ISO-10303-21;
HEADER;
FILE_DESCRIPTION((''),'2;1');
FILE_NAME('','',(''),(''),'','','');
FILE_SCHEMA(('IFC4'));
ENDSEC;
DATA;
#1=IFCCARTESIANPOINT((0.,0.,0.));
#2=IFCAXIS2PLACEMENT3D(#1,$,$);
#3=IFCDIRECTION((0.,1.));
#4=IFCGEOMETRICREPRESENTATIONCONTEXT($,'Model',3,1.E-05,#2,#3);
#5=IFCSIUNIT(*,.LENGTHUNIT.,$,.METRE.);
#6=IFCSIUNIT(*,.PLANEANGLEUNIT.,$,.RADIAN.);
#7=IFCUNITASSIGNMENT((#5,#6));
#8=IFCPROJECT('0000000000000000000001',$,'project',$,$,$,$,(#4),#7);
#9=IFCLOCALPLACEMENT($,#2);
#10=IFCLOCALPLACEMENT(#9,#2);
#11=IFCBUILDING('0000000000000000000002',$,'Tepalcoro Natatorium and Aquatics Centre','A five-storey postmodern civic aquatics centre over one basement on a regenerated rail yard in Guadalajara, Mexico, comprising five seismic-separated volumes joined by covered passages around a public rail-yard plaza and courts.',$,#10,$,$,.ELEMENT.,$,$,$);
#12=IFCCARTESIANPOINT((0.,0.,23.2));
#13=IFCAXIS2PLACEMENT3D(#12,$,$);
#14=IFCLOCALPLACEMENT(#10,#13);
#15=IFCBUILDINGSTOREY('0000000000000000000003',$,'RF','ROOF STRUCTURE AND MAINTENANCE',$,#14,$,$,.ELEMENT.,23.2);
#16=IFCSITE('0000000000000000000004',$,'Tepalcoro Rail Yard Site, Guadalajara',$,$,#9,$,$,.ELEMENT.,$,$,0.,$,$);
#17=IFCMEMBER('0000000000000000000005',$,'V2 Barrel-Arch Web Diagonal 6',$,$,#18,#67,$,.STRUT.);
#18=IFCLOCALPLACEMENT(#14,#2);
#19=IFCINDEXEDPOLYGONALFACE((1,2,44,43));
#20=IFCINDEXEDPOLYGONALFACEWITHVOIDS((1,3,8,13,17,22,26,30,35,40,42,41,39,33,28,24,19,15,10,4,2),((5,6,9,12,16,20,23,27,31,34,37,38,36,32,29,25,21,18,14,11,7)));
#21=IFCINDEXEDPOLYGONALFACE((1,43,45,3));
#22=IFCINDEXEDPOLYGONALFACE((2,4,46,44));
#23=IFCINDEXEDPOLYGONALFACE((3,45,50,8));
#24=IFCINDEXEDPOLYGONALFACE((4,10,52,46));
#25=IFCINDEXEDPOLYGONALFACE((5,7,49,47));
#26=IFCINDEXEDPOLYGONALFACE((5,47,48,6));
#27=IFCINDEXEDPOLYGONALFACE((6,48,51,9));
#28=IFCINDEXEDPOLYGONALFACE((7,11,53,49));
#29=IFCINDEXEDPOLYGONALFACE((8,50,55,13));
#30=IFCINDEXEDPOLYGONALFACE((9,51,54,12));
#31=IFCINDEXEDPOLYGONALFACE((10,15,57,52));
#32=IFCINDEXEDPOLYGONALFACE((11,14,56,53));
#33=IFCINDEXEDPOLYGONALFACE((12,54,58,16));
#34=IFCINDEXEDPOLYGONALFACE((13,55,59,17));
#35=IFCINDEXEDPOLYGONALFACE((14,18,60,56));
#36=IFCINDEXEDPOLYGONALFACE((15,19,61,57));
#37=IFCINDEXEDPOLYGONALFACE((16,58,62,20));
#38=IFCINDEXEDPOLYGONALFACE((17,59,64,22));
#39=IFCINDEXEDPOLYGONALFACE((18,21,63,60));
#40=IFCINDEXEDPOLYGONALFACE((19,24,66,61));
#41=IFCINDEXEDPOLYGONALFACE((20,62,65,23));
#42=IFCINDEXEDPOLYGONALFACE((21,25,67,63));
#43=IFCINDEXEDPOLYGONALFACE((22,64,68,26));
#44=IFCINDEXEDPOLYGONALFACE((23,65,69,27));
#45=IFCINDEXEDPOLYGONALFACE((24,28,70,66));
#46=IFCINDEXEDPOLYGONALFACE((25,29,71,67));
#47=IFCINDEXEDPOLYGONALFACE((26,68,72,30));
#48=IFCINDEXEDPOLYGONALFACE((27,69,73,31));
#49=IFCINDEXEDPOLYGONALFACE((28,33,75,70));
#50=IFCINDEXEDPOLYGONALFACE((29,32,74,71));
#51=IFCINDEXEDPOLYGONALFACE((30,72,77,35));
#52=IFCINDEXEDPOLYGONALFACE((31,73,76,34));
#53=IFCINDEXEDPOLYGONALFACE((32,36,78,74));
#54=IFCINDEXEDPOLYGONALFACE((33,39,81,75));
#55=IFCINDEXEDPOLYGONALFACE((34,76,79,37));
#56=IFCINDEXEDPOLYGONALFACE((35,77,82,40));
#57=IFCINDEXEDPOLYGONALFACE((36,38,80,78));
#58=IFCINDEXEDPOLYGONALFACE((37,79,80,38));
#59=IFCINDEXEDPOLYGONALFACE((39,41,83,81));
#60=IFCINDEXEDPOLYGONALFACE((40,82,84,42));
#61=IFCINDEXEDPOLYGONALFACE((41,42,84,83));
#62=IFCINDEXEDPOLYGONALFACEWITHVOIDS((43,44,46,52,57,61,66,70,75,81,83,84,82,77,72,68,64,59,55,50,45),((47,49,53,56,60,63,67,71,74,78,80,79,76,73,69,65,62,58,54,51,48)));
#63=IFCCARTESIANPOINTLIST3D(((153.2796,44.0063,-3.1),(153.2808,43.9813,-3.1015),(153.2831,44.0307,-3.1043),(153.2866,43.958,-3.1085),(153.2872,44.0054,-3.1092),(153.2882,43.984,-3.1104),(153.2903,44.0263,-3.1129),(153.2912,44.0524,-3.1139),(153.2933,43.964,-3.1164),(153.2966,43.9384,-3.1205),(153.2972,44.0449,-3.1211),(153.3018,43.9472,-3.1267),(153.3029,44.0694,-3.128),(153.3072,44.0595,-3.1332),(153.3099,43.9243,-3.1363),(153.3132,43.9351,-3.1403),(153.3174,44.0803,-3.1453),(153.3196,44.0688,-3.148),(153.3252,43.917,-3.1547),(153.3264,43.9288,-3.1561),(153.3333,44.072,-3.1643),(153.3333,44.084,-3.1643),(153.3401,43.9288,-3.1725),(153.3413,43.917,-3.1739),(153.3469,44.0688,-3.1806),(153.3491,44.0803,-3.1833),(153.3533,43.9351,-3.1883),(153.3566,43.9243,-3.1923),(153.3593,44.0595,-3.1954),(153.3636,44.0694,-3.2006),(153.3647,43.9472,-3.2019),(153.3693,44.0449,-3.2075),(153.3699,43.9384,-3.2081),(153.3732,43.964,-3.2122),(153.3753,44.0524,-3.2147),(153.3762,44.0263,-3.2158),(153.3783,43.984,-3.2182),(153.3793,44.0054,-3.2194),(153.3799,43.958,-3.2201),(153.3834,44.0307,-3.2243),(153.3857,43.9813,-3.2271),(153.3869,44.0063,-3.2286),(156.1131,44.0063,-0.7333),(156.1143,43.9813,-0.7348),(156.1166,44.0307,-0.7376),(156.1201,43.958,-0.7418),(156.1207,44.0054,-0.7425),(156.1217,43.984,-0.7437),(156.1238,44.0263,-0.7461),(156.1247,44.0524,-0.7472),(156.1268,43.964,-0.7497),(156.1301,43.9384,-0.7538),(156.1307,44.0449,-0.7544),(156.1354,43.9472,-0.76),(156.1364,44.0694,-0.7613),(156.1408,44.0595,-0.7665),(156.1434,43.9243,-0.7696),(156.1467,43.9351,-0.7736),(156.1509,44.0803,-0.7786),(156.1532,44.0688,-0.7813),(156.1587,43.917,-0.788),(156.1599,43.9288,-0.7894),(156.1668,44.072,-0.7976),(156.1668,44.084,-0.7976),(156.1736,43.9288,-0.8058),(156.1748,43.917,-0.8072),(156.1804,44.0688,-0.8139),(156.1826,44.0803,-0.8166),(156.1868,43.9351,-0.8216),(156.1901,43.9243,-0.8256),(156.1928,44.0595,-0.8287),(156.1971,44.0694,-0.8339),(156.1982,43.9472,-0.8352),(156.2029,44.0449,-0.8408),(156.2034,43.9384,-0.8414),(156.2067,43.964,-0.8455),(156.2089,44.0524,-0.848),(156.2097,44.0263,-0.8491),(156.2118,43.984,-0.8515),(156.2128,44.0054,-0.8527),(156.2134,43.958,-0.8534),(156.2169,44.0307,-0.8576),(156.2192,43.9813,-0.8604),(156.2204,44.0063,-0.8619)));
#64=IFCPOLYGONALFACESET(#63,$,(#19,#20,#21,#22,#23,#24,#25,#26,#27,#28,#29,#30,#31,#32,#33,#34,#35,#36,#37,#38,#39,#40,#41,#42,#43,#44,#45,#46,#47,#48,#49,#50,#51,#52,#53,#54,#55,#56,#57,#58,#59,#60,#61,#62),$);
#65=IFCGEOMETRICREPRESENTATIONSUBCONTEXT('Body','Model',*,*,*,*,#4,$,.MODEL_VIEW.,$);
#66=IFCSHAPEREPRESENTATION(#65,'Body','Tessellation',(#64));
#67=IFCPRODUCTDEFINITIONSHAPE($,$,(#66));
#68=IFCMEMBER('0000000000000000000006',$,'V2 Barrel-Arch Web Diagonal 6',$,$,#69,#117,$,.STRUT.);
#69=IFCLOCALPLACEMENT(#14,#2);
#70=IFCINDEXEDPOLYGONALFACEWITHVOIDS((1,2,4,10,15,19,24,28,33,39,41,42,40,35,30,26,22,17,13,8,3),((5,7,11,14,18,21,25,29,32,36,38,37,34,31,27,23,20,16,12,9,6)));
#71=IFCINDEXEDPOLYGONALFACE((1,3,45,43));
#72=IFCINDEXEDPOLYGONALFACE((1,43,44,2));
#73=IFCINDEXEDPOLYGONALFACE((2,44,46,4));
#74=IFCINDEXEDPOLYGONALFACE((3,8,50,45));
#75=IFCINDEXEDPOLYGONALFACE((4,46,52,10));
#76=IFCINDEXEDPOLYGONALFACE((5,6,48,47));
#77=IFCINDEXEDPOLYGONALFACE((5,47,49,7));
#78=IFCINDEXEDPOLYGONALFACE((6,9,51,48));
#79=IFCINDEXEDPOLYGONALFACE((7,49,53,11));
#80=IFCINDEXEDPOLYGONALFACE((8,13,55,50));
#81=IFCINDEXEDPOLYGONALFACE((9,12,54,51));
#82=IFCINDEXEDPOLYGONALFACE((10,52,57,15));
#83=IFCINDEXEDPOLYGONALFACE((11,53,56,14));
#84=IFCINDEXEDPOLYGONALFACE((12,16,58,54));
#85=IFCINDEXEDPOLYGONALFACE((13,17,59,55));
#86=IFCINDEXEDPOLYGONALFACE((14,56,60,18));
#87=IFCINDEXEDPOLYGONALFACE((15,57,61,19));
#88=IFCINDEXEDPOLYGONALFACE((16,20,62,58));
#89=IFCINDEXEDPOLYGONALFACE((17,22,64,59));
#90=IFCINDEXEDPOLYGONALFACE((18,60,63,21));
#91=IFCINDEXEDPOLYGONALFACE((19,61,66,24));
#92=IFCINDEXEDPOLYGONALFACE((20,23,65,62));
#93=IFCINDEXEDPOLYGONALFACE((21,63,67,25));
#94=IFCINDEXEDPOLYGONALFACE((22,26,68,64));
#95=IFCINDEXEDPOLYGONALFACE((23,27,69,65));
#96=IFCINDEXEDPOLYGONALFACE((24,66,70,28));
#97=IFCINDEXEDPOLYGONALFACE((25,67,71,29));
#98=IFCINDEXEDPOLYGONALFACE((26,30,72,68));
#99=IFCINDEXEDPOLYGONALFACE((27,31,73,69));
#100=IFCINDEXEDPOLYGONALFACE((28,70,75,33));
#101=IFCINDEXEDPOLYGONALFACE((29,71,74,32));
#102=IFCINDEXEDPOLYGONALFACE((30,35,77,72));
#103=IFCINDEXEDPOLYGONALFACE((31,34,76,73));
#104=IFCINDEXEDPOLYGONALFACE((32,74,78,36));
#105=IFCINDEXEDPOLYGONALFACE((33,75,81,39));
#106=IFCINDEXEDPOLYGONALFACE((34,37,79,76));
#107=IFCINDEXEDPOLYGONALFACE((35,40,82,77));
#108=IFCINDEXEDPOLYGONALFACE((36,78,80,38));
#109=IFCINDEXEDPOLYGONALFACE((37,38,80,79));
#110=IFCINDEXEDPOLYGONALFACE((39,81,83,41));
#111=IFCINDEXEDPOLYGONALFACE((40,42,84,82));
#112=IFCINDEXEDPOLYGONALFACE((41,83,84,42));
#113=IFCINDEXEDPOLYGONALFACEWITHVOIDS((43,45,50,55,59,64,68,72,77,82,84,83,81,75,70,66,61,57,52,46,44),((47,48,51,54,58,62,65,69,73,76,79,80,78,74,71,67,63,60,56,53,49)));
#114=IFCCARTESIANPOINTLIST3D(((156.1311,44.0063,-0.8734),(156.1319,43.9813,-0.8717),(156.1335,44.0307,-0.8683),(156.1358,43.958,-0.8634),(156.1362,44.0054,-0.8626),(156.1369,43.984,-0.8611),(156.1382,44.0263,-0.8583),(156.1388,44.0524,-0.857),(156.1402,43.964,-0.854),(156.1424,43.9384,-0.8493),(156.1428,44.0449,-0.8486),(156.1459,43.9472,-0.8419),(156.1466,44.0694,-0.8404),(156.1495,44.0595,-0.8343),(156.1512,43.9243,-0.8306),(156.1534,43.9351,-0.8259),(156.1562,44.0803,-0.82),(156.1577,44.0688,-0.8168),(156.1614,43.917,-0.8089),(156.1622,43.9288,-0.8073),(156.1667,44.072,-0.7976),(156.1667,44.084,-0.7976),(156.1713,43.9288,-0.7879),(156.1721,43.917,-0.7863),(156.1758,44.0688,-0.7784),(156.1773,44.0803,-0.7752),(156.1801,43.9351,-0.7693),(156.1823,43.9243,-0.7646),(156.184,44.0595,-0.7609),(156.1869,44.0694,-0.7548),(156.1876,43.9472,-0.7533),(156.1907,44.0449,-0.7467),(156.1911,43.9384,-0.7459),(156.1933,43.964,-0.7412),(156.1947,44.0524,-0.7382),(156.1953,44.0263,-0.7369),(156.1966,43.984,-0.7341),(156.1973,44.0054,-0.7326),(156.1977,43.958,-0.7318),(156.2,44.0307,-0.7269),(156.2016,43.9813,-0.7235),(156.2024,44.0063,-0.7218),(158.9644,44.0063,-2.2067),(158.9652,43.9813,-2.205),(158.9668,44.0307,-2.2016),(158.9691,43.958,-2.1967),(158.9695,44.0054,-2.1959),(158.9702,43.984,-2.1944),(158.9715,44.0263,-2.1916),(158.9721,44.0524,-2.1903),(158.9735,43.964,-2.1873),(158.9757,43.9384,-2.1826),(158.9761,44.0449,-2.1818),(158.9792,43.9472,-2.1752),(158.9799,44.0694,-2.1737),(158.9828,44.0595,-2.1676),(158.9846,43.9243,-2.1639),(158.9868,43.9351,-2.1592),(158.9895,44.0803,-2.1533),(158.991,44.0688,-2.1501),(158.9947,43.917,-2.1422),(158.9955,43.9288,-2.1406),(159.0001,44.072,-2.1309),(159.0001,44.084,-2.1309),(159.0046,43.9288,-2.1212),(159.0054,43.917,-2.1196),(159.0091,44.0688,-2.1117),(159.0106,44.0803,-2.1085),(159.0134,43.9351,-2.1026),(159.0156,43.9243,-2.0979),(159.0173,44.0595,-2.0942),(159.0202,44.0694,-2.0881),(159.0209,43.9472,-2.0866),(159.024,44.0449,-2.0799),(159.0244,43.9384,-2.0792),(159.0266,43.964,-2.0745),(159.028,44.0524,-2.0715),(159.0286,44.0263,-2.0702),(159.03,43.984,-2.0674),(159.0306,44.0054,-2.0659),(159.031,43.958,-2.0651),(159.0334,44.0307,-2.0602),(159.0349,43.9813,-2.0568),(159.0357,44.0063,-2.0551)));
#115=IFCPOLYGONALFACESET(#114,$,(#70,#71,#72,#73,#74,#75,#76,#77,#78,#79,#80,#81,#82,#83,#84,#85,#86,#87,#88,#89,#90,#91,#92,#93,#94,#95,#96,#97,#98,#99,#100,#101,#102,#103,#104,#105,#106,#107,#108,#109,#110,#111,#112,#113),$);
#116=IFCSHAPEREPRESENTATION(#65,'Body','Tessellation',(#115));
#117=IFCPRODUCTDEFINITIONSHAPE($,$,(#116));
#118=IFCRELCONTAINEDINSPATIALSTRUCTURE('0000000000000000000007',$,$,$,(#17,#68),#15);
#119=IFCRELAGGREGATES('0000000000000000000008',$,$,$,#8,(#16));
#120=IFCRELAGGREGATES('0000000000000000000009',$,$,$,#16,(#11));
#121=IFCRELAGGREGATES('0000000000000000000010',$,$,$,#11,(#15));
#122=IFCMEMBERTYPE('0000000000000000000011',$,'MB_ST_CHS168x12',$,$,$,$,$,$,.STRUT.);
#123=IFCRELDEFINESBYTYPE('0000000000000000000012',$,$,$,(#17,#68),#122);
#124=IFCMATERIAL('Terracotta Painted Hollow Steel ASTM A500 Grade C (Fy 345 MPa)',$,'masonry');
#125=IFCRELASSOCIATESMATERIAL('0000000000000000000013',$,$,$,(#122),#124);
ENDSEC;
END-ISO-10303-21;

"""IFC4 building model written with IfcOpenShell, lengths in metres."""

from ifc_helpers import new_model, si_unit, direction, frame, origin, origin_2d, place, context, subcontext, project, spatial, hollow_circle, extrude, material, material_profile, profile_set, type_object, element, save


model = new_model("IFC4")

# Units and contexts
model_context = context("Model", 3, precision=1e-05, world=origin(), true_north=direction((0.0, 1.0)))
body_context = subcontext(model_context, "Body", "Model", "MODEL_VIEW")
ifc_project = project(units=[si_unit("LENGTHUNIT", "METRE"), si_unit("PLANEANGLEUNIT", "RADIAN")], contexts=[model_context])

# Site, building, storey
site_placement = place(None, origin())
site = spatial("IfcSite", under=ifc_project, at=site_placement, Name="Tepalcoro Rail Yard Site, Guadalajara", CompositionType="ELEMENT", RefElevation=0.0)
building_placement = place(site_placement, origin())
building = spatial("IfcBuilding", under=site, at=building_placement, Name="Tepalcoro Natatorium and Aquatics Centre", Description="A five-storey postmodern civic aquatics centre over one basement on a regenerated rail yard in Guadalajara, Mexico, comprising five seismic-separated volumes joined by covered passages around a public rail-yard plaza and courts.", CompositionType="ELEMENT")
storey_placement = place(building_placement, frame((0.0, 0.0, 23.2)))
storey = spatial("IfcBuildingStorey", under=building, at=storey_placement, Name="RF", Description="ROOF STRUCTURE AND MAINTENANCE", CompositionType="ELEMENT", Elevation=23.2)

# Shared definitions
ifc_material_1 = material(Name="Terracotta Painted Hollow Steel ASTM A500 Grade C (Fy 345 MPa)", Category="masonry")

# Members
ifc_material_profile_1 = material_profile(ifc_material_1, hollow_circle(Radius=0.084, WallThickness=0.012, at=origin_2d()), Name="CHS168X12")
ifc_profile_set_1 = profile_set([ifc_material_profile_1], Name="Terracotta Painted Hollow Steel ASTM A500 Grade C (Fy 345 MPa)")
member_type_1 = type_object("IfcMemberType", Name="MB_ST_CHS168x12", PredefinedType="STRUT", material=ifc_profile_set_1)
member_1_placement = place(storey_placement, frame((153.3333, 44.0, -3.1643), z_axis=(0.767494, 0.0, 0.641056), x_axis=(0.0, 1.0, 0.0)))
element("IfcMember", 1, at=member_1_placement, inside=storey, type_object=member_type_1, Name="V2 Barrel-Arch Web Diagonal 6", PredefinedType="STRUT", context=body_context, shape_type="SweptSolid", body=[
    extrude(hollow_circle(Radius=0.084, WallThickness=0.012, at=origin_2d()), origin(), (0.0, 0.0, 1.0), 3.6919),
])
member_2_placement = place(storey_placement, frame((156.1667, 44.0, -0.7976), z_axis=(0.904824, 0.0, -0.425786), x_axis=(0.0, 1.0, 0.0)))
element("IfcMember", 2, at=member_2_placement, inside=storey, type_object=member_type_1, Name="V2 Barrel-Arch Web Diagonal 6", PredefinedType="STRUT", context=body_context, shape_type="SweptSolid", body=[
    extrude(hollow_circle(Radius=0.084, WallThickness=0.012, at=origin_2d()), origin(), (0.0, 0.0, 1.0), 3.1313),
])

save(model, "model.ifc")
